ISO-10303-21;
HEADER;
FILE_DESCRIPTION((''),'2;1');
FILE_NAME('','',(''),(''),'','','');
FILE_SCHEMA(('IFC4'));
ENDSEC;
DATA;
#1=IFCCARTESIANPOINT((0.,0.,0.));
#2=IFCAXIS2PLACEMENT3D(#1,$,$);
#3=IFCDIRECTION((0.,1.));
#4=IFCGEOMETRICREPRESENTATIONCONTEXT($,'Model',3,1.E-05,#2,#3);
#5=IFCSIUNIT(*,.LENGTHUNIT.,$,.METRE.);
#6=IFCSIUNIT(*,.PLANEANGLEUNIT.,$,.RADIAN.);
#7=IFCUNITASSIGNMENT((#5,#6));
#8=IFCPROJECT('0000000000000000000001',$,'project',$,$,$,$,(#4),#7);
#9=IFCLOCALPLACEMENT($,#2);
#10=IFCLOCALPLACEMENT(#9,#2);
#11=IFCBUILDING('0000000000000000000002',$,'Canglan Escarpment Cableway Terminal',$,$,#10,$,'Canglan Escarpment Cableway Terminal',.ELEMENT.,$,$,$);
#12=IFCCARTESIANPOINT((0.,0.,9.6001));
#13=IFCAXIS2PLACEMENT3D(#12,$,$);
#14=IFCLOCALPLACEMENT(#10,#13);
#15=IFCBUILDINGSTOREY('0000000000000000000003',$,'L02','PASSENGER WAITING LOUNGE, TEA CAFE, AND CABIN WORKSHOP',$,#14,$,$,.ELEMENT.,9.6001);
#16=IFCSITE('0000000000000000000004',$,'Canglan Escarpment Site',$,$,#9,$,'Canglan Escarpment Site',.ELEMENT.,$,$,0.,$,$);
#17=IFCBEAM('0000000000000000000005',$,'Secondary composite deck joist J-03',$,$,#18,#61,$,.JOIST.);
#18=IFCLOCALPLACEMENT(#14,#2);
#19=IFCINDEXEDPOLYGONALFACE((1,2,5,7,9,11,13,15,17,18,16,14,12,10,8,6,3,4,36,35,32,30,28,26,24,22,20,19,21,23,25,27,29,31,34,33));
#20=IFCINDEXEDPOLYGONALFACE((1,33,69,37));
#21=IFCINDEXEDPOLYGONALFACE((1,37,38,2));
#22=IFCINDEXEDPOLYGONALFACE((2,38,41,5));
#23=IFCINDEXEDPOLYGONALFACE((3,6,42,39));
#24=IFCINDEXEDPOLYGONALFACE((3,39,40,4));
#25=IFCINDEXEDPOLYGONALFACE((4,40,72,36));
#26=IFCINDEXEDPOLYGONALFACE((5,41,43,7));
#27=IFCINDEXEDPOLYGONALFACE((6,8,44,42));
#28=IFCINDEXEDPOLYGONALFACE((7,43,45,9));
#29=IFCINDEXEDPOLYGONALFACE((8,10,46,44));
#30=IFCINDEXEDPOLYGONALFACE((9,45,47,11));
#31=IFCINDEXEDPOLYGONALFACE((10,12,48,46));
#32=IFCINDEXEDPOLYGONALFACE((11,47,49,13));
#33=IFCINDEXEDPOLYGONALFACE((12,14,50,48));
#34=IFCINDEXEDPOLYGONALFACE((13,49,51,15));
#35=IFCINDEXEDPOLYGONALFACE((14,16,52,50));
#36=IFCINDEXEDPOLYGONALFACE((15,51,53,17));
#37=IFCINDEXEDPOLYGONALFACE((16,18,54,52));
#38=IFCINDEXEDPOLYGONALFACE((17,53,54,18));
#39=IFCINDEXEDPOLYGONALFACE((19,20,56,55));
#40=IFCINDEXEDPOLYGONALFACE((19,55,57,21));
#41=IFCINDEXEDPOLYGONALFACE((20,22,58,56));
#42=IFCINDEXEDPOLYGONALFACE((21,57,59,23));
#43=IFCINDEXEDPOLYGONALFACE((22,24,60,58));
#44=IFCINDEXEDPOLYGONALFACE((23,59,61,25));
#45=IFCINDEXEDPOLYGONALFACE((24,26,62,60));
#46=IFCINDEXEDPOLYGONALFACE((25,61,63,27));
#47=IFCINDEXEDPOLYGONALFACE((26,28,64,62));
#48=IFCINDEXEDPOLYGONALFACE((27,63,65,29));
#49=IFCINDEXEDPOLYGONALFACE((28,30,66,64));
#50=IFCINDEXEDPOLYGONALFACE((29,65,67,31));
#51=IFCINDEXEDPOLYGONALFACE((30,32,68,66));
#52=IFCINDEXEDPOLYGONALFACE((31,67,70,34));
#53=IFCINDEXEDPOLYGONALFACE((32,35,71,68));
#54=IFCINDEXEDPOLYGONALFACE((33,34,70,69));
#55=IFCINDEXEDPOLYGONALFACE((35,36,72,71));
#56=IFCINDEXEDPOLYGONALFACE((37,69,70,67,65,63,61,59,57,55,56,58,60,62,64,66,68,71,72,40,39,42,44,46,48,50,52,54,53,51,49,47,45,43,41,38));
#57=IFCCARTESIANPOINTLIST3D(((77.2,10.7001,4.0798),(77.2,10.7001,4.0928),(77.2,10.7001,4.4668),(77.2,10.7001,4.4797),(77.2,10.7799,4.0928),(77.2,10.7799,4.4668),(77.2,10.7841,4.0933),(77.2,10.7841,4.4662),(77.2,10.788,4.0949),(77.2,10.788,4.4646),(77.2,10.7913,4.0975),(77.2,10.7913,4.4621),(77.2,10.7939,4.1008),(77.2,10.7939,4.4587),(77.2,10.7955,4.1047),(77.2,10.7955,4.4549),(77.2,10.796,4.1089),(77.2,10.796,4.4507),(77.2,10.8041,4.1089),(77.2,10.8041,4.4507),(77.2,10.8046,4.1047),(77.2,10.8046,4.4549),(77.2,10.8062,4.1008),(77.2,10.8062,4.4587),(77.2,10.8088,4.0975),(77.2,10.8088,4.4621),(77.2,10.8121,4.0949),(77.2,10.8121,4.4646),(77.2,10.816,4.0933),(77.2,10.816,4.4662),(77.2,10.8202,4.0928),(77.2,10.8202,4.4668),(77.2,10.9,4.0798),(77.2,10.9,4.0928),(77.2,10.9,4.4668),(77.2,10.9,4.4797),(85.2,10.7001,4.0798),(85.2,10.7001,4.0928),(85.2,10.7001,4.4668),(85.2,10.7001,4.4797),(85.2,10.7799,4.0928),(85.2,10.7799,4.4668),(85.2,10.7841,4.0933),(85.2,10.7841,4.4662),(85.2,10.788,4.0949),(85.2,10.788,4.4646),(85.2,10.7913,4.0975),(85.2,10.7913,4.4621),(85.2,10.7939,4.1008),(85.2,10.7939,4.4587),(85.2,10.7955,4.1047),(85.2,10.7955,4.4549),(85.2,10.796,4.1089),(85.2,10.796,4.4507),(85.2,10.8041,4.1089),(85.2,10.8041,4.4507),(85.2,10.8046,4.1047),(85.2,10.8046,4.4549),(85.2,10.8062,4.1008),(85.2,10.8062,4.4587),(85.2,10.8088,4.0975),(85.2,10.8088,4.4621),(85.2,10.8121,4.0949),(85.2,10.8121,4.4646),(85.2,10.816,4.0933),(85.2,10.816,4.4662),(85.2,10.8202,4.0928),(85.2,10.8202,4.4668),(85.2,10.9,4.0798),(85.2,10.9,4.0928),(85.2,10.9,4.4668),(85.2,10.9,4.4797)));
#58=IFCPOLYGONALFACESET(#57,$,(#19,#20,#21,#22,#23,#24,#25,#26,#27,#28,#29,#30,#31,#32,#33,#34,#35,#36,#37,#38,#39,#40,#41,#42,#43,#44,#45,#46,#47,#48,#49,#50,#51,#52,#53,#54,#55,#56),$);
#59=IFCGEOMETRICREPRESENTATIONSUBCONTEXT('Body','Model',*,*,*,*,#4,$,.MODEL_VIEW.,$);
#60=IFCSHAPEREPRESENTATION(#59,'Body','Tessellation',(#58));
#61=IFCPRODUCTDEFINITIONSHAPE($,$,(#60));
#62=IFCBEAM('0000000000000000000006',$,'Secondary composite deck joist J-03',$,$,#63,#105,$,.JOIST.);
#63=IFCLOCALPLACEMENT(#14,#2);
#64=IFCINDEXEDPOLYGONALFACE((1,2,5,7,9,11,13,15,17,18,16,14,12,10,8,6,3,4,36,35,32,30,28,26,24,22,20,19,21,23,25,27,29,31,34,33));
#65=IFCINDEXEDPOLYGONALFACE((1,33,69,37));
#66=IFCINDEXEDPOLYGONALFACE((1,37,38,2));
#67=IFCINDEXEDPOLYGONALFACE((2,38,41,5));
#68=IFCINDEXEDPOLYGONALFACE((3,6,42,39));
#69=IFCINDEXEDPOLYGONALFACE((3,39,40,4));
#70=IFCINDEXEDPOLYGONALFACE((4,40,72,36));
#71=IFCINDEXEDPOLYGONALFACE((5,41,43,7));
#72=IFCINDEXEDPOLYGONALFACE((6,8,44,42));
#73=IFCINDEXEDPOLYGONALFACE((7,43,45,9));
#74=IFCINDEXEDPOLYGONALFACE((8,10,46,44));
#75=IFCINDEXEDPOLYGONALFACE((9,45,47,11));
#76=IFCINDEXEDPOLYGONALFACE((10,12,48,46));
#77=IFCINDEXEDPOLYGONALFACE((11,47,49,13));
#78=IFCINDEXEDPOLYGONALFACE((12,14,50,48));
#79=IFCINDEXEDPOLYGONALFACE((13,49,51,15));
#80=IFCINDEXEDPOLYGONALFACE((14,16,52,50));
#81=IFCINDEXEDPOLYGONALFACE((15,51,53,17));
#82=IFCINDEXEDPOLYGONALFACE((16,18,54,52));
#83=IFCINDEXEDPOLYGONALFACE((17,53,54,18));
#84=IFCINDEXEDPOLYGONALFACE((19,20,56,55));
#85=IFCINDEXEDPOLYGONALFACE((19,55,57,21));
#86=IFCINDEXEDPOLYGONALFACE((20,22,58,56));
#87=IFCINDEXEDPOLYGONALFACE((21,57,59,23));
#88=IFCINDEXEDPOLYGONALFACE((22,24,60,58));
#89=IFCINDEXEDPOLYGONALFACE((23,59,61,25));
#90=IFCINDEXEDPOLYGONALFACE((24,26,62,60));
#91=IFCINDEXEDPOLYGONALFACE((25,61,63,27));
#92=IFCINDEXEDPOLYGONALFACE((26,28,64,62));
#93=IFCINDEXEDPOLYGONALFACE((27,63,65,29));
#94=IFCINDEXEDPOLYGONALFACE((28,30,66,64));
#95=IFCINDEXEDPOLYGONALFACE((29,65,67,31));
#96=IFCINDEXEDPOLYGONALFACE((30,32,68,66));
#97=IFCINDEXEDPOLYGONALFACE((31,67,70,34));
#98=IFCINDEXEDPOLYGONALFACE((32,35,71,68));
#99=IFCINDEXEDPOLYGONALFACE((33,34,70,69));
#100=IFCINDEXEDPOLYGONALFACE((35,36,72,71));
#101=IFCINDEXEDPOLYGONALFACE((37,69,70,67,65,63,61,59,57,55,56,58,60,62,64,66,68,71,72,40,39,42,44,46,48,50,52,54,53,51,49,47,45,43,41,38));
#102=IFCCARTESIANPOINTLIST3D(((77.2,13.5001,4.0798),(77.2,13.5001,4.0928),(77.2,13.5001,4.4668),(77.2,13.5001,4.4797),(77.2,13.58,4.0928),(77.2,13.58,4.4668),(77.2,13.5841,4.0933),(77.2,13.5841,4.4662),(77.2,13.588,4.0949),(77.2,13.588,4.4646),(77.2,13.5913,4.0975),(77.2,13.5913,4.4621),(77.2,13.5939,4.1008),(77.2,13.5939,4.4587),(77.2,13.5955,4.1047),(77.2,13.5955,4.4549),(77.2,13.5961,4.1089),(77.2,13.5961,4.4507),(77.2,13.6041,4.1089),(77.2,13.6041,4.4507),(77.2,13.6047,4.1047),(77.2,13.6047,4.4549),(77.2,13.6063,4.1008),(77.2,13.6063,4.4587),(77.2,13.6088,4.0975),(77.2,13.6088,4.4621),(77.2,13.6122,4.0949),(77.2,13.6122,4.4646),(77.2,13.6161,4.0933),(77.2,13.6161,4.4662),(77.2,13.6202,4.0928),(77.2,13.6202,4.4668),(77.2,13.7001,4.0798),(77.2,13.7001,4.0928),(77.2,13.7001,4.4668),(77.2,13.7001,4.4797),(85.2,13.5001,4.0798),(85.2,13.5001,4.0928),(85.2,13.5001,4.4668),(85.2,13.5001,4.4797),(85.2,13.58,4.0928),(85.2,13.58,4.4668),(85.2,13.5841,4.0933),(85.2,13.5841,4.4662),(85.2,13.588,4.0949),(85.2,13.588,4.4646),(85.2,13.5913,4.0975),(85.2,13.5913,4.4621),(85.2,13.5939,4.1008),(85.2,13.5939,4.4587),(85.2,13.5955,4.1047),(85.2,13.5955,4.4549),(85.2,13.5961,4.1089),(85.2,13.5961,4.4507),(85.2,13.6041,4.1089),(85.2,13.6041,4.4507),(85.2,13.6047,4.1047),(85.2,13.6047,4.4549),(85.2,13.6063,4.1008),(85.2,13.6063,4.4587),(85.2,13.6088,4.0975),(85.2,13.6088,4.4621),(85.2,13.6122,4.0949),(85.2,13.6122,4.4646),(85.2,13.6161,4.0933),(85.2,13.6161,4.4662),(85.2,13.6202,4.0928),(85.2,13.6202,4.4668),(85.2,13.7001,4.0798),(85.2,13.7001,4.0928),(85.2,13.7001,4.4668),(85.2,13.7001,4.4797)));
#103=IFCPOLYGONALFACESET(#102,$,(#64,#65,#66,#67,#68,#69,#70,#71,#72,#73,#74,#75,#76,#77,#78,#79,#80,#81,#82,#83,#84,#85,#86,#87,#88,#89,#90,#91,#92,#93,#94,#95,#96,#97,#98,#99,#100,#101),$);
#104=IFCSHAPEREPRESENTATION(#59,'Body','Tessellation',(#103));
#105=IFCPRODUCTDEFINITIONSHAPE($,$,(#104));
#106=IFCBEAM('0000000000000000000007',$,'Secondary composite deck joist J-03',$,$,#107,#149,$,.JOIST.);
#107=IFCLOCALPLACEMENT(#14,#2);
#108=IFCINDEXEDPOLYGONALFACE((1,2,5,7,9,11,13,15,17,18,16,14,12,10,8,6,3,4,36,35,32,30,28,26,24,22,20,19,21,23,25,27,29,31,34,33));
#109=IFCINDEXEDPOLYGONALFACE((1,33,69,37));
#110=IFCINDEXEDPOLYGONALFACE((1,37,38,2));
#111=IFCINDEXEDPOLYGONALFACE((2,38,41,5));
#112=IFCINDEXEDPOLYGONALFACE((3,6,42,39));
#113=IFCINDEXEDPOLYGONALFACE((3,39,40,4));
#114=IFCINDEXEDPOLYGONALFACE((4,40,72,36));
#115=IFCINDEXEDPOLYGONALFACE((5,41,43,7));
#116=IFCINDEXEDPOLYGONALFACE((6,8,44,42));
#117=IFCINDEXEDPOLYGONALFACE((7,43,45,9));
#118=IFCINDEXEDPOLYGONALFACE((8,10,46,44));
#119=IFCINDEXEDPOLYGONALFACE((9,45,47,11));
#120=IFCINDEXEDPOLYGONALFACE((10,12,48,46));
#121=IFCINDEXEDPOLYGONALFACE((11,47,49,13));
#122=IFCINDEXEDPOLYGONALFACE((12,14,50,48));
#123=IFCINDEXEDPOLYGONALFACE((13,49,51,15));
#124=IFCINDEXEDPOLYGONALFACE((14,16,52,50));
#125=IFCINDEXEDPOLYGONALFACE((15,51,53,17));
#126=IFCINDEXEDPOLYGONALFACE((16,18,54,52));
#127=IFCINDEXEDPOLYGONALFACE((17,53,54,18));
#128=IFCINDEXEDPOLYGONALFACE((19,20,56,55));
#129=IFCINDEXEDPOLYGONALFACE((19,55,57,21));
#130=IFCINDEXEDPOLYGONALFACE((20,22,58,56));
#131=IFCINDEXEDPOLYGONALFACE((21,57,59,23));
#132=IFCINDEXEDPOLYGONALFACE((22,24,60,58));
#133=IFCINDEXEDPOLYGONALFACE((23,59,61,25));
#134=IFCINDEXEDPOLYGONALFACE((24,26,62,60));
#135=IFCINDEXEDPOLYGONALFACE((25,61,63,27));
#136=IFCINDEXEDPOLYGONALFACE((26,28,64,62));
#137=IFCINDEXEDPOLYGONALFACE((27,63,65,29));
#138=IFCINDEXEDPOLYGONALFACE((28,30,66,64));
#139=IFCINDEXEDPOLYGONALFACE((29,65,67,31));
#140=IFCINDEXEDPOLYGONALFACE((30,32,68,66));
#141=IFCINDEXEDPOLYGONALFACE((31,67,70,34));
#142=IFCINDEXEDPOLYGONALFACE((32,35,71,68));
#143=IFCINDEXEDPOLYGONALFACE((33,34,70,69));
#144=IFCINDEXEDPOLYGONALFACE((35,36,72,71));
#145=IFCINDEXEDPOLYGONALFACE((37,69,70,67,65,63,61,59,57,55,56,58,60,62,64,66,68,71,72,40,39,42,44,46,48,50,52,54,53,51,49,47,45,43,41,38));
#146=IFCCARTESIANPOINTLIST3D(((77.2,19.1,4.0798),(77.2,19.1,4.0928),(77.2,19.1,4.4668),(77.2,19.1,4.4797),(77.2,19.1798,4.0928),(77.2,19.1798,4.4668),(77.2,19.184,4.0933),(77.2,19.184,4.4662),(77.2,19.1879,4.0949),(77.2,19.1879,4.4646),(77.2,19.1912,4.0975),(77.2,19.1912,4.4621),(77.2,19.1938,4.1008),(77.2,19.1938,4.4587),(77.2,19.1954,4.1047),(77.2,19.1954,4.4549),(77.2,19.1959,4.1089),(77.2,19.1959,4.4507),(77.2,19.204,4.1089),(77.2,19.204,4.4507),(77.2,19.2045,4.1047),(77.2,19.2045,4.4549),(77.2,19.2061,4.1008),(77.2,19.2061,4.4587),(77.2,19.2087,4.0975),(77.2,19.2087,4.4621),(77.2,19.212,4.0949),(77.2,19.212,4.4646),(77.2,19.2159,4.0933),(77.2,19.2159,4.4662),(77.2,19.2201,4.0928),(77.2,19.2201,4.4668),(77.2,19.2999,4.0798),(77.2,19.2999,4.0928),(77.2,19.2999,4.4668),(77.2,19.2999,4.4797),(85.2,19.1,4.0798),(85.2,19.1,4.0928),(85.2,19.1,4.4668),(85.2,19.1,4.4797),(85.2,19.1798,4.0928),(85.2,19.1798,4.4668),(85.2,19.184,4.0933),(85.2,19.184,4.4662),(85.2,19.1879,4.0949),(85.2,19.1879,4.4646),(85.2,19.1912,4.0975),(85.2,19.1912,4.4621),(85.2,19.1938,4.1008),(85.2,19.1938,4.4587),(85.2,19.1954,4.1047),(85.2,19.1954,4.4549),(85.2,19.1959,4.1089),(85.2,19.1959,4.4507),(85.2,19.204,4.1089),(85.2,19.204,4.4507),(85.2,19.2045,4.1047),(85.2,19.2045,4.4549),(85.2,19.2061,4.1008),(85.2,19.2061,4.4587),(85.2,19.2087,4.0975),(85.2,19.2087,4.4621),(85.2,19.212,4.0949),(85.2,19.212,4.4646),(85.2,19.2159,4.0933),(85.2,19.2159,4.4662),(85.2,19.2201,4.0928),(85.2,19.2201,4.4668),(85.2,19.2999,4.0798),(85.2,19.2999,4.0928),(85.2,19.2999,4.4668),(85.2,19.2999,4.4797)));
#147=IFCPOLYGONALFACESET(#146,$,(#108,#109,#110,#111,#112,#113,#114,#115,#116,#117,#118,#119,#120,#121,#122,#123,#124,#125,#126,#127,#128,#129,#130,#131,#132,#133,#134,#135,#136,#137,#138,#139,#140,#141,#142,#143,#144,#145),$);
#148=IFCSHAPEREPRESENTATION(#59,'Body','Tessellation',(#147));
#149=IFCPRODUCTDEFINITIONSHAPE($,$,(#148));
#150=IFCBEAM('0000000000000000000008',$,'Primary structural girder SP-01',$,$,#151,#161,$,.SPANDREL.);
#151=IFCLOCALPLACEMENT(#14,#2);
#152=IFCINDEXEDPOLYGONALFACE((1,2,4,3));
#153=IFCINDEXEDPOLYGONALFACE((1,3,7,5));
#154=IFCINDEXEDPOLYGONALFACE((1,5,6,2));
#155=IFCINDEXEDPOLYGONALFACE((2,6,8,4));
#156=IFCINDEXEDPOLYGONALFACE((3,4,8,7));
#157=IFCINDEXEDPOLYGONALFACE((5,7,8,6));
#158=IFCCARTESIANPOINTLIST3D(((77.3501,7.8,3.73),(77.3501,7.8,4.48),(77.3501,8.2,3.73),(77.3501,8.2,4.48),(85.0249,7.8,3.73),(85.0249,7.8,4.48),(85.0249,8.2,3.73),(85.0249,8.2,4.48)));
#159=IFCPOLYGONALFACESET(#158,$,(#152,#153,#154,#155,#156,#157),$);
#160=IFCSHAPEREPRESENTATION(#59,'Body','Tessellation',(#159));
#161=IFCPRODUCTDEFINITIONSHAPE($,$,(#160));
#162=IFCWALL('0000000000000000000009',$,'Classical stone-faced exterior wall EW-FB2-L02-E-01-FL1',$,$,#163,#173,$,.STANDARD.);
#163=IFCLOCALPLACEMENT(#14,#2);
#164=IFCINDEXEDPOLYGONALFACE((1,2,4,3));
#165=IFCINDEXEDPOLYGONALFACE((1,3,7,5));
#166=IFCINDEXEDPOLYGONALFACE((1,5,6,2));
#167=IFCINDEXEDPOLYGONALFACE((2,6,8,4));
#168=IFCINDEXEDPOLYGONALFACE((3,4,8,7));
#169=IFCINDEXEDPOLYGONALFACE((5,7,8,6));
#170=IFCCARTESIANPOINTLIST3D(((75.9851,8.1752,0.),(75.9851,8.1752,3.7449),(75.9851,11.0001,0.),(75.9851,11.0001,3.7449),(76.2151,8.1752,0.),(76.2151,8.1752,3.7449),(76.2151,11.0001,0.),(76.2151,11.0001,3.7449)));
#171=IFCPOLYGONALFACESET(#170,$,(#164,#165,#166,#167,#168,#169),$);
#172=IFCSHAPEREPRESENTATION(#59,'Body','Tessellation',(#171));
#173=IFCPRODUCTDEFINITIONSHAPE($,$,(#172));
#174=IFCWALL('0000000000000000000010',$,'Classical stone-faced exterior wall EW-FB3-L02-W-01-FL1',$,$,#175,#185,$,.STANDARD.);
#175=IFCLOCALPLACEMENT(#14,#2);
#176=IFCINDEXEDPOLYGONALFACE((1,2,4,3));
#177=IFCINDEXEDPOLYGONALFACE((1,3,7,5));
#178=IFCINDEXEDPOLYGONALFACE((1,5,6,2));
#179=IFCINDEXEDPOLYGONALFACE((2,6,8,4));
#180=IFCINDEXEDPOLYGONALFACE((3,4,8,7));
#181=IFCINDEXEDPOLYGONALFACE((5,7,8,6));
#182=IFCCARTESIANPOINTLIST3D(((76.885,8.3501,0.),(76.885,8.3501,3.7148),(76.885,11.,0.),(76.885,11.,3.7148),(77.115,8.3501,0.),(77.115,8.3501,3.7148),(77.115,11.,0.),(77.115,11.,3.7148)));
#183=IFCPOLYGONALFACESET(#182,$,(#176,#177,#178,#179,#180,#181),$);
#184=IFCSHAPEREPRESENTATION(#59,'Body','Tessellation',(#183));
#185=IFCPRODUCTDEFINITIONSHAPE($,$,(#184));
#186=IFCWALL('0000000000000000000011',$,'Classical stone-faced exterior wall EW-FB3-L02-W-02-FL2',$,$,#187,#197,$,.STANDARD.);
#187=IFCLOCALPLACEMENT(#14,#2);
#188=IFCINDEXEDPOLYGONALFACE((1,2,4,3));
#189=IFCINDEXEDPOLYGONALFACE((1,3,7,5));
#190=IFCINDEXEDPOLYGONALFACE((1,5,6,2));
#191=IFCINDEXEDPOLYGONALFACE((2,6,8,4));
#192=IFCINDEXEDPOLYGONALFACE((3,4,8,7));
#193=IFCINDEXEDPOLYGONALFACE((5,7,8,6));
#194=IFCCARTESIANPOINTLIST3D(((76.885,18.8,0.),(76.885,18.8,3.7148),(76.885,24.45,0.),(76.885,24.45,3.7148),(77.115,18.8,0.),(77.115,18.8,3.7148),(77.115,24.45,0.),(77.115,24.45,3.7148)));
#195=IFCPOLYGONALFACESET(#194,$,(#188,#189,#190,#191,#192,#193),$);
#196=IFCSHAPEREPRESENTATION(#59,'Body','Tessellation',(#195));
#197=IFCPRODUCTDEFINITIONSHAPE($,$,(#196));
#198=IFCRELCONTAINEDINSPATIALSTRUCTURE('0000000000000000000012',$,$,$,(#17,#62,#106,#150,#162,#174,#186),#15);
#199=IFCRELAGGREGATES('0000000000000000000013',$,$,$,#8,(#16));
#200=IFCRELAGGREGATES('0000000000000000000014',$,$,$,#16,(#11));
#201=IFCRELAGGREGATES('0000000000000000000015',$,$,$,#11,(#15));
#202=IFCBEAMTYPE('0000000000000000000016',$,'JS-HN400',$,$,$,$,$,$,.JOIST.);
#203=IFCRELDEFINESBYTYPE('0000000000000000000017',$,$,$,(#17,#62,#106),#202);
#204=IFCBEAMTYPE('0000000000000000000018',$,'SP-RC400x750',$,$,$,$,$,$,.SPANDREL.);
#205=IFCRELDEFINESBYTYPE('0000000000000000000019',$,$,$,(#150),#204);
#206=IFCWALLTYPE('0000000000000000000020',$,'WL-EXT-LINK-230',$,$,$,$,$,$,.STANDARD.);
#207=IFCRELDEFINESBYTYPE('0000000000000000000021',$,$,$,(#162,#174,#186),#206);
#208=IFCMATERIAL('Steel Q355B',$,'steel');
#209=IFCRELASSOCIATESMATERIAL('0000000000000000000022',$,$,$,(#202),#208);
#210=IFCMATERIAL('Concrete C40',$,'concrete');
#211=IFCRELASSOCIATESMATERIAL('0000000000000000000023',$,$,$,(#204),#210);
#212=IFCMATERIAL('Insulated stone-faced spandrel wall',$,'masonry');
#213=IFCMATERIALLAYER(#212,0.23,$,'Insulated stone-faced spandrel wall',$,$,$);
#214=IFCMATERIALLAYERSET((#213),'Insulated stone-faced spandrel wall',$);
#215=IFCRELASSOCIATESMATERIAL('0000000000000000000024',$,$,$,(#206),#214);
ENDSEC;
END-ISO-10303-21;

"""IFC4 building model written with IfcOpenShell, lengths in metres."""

from ifc_helpers import new_model, si_unit, direction, frame, frame_2d, origin, origin_2d, place, context, subcontext, project, spatial, rectangle, i_section, extrude, material, layer, layer_set, material_profile, profile_set, type_object, element, save


model = new_model("IFC4")

# Units and contexts
model_context = context("Model", 3, precision=1e-05, world=origin(), true_north=direction((0.0, 1.0)))
body_context = subcontext(model_context, "Body", "Model", "MODEL_VIEW")
ifc_project = project(units=[si_unit("LENGTHUNIT", "METRE"), si_unit("PLANEANGLEUNIT", "RADIAN")], contexts=[model_context])

# Site, building, storey
site_placement = place(None, origin())
site = spatial("IfcSite", under=ifc_project, at=site_placement, Name="Canglan Escarpment Site", LongName="Canglan Escarpment Site", CompositionType="ELEMENT", RefElevation=0.0)
building_placement = place(site_placement, origin())
building = spatial("IfcBuilding", under=site, at=building_placement, Name="Canglan Escarpment Cableway Terminal", LongName="Canglan Escarpment Cableway Terminal", CompositionType="ELEMENT")
storey_placement = place(building_placement, frame((0.0, 0.0, 9.6001)))
storey = spatial("IfcBuildingStorey", under=building, at=storey_placement, Name="L02", Description="PASSENGER WAITING LOUNGE, TEA CAFE, AND CABIN WORKSHOP", CompositionType="ELEMENT", Elevation=9.6001)

# Shared definitions
ifc_material_1 = material(Name="Concrete C40", Category="concrete")

# Beams
ifc_material_2 = material(Name="Steel Q355B", Category="steel")
ifc_material_profile_1 = material_profile(ifc_material_2, i_section(OverallWidth=0.2, OverallDepth=0.3999, WebThickness=0.0081, FlangeThickness=0.0129, FilletRadius=0.0161, at=origin_2d()), Name="HN 400x200x8x13")
ifc_profile_set_1 = profile_set([ifc_material_profile_1], Name="Steel Q355B")
beam_type_1 = type_object("IfcBeamType", Name="JS-HN400", PredefinedType="JOIST", material=ifc_profile_set_1)
for number, where, z_axis, x_axis, name in (
    (1, (77.2, 10.8, 4.2798), (1.0, 0.0, 0.0), (0.0, 1.0, 0.0), "Secondary composite deck joist J-03"),
    (2, (77.2, 13.6001, 4.2798), (1.0, 0.0, 0.0), (0.0, 1.0, 0.0), "Secondary composite deck joist J-03"),
    (3, (77.2, 19.2, 4.2798), (1.0, 0.0, 0.0), (0.0, 1.0, 0.0), "Secondary composite deck joist J-03"),
):
    element("IfcBeam", number, at=place(storey_placement, frame(where, z_axis=z_axis, x_axis=x_axis)), inside=storey, type_object=beam_type_1, Name=name, PredefinedType="JOIST", context=body_context, shape_type="SweptSolid", body=[
        extrude(i_section(OverallWidth=0.2, OverallDepth=0.3999, WebThickness=0.0081, FlangeThickness=0.0129, FilletRadius=0.0161, at=origin_2d()), origin(), (0.0, 0.0, 1.0), 8.0),
    ])
ifc_material_profile_2 = material_profile(ifc_material_1, rectangle(XDim=0.3999, YDim=0.75, at=origin_2d()), Name="RC 400x750")
ifc_profile_set_2 = profile_set([ifc_material_profile_2], Name="Concrete C40")
beam_type_2 = type_object("IfcBeamType", Name="SP-RC400x750", PredefinedType="SPANDREL", material=ifc_profile_set_2)
beam_1_placement = place(storey_placement, frame((77.3501, 8.0, 4.105), z_axis=(1.0, 0.0, 0.0), x_axis=(0.0, 1.0, 0.0)))
element("IfcBeam", 4, at=beam_1_placement, inside=storey, type_object=beam_type_2, Name="Primary structural girder SP-01", PredefinedType="SPANDREL", context=body_context, shape_type="SweptSolid", body=[
    extrude(rectangle(XDim=0.3999, YDim=0.75, at=origin_2d()), origin(), (0.0, 0.0, 1.0), 7.6748),
])

# Walls
ifc_material_3 = material(Name="Insulated stone-faced spandrel wall", Category="masonry")
ifc_layer_1 = layer(ifc_material_3, 0.23, Name="Insulated stone-faced spandrel wall")
ifc_layer_set_1 = layer_set([ifc_layer_1], Name="Insulated stone-faced spandrel wall")
wall_type_1 = type_object("IfcWallType", Name="WL-EXT-LINK-230", PredefinedType="STANDARD", material=ifc_layer_set_1)
wall_1_placement = place(storey_placement, frame((76.1001, 8.175, 0.0), z_axis=(0.0, 0.0, 1.0), x_axis=(0.0, 1.0, 0.0)))
element("IfcWall", 5, at=wall_1_placement, inside=storey, type_object=wall_type_1, Name="Classical stone-faced exterior wall EW-FB2-L02-E-01-FL1", PredefinedType="STANDARD", context=body_context, shape_type="SweptSolid", body=[
    extrude(rectangle(XDim=2.825, YDim=0.23, at=frame_2d((1.4126, 0.0))), origin(), (0.0, 0.0, 1.0), 3.7449),
])
wall_2_placement = place(storey_placement, frame((77.0, 8.3501, 0.0), z_axis=(0.0, 0.0, 1.0), x_axis=(0.0, 1.0, 0.0)))
element("IfcWall", 6, at=wall_2_placement, inside=storey, type_object=wall_type_1, Name="Classical stone-faced exterior wall EW-FB3-L02-W-01-FL1", PredefinedType="STANDARD", context=body_context, shape_type="SweptSolid", body=[
    extrude(rectangle(XDim=2.6499, YDim=0.23, at=frame_2d((1.325, 0.0))), origin(), (0.0, 0.0, 1.0), 3.7148),
])
wall_3_placement = place(storey_placement, frame((77.0, 18.8, 0.0), z_axis=(0.0, 0.0, 1.0), x_axis=(0.0, 1.0, 0.0)))
element("IfcWall", 7, at=wall_3_placement, inside=storey, type_object=wall_type_1, Name="Classical stone-faced exterior wall EW-FB3-L02-W-02-FL2", PredefinedType="STANDARD", context=body_context, shape_type="SweptSolid", body=[
    extrude(rectangle(XDim=5.6499, YDim=0.23, at=frame_2d((2.825, 0.0))), origin(), (0.0, 0.0, 1.0), 3.7148),
])

save(model, "model.ifc")
